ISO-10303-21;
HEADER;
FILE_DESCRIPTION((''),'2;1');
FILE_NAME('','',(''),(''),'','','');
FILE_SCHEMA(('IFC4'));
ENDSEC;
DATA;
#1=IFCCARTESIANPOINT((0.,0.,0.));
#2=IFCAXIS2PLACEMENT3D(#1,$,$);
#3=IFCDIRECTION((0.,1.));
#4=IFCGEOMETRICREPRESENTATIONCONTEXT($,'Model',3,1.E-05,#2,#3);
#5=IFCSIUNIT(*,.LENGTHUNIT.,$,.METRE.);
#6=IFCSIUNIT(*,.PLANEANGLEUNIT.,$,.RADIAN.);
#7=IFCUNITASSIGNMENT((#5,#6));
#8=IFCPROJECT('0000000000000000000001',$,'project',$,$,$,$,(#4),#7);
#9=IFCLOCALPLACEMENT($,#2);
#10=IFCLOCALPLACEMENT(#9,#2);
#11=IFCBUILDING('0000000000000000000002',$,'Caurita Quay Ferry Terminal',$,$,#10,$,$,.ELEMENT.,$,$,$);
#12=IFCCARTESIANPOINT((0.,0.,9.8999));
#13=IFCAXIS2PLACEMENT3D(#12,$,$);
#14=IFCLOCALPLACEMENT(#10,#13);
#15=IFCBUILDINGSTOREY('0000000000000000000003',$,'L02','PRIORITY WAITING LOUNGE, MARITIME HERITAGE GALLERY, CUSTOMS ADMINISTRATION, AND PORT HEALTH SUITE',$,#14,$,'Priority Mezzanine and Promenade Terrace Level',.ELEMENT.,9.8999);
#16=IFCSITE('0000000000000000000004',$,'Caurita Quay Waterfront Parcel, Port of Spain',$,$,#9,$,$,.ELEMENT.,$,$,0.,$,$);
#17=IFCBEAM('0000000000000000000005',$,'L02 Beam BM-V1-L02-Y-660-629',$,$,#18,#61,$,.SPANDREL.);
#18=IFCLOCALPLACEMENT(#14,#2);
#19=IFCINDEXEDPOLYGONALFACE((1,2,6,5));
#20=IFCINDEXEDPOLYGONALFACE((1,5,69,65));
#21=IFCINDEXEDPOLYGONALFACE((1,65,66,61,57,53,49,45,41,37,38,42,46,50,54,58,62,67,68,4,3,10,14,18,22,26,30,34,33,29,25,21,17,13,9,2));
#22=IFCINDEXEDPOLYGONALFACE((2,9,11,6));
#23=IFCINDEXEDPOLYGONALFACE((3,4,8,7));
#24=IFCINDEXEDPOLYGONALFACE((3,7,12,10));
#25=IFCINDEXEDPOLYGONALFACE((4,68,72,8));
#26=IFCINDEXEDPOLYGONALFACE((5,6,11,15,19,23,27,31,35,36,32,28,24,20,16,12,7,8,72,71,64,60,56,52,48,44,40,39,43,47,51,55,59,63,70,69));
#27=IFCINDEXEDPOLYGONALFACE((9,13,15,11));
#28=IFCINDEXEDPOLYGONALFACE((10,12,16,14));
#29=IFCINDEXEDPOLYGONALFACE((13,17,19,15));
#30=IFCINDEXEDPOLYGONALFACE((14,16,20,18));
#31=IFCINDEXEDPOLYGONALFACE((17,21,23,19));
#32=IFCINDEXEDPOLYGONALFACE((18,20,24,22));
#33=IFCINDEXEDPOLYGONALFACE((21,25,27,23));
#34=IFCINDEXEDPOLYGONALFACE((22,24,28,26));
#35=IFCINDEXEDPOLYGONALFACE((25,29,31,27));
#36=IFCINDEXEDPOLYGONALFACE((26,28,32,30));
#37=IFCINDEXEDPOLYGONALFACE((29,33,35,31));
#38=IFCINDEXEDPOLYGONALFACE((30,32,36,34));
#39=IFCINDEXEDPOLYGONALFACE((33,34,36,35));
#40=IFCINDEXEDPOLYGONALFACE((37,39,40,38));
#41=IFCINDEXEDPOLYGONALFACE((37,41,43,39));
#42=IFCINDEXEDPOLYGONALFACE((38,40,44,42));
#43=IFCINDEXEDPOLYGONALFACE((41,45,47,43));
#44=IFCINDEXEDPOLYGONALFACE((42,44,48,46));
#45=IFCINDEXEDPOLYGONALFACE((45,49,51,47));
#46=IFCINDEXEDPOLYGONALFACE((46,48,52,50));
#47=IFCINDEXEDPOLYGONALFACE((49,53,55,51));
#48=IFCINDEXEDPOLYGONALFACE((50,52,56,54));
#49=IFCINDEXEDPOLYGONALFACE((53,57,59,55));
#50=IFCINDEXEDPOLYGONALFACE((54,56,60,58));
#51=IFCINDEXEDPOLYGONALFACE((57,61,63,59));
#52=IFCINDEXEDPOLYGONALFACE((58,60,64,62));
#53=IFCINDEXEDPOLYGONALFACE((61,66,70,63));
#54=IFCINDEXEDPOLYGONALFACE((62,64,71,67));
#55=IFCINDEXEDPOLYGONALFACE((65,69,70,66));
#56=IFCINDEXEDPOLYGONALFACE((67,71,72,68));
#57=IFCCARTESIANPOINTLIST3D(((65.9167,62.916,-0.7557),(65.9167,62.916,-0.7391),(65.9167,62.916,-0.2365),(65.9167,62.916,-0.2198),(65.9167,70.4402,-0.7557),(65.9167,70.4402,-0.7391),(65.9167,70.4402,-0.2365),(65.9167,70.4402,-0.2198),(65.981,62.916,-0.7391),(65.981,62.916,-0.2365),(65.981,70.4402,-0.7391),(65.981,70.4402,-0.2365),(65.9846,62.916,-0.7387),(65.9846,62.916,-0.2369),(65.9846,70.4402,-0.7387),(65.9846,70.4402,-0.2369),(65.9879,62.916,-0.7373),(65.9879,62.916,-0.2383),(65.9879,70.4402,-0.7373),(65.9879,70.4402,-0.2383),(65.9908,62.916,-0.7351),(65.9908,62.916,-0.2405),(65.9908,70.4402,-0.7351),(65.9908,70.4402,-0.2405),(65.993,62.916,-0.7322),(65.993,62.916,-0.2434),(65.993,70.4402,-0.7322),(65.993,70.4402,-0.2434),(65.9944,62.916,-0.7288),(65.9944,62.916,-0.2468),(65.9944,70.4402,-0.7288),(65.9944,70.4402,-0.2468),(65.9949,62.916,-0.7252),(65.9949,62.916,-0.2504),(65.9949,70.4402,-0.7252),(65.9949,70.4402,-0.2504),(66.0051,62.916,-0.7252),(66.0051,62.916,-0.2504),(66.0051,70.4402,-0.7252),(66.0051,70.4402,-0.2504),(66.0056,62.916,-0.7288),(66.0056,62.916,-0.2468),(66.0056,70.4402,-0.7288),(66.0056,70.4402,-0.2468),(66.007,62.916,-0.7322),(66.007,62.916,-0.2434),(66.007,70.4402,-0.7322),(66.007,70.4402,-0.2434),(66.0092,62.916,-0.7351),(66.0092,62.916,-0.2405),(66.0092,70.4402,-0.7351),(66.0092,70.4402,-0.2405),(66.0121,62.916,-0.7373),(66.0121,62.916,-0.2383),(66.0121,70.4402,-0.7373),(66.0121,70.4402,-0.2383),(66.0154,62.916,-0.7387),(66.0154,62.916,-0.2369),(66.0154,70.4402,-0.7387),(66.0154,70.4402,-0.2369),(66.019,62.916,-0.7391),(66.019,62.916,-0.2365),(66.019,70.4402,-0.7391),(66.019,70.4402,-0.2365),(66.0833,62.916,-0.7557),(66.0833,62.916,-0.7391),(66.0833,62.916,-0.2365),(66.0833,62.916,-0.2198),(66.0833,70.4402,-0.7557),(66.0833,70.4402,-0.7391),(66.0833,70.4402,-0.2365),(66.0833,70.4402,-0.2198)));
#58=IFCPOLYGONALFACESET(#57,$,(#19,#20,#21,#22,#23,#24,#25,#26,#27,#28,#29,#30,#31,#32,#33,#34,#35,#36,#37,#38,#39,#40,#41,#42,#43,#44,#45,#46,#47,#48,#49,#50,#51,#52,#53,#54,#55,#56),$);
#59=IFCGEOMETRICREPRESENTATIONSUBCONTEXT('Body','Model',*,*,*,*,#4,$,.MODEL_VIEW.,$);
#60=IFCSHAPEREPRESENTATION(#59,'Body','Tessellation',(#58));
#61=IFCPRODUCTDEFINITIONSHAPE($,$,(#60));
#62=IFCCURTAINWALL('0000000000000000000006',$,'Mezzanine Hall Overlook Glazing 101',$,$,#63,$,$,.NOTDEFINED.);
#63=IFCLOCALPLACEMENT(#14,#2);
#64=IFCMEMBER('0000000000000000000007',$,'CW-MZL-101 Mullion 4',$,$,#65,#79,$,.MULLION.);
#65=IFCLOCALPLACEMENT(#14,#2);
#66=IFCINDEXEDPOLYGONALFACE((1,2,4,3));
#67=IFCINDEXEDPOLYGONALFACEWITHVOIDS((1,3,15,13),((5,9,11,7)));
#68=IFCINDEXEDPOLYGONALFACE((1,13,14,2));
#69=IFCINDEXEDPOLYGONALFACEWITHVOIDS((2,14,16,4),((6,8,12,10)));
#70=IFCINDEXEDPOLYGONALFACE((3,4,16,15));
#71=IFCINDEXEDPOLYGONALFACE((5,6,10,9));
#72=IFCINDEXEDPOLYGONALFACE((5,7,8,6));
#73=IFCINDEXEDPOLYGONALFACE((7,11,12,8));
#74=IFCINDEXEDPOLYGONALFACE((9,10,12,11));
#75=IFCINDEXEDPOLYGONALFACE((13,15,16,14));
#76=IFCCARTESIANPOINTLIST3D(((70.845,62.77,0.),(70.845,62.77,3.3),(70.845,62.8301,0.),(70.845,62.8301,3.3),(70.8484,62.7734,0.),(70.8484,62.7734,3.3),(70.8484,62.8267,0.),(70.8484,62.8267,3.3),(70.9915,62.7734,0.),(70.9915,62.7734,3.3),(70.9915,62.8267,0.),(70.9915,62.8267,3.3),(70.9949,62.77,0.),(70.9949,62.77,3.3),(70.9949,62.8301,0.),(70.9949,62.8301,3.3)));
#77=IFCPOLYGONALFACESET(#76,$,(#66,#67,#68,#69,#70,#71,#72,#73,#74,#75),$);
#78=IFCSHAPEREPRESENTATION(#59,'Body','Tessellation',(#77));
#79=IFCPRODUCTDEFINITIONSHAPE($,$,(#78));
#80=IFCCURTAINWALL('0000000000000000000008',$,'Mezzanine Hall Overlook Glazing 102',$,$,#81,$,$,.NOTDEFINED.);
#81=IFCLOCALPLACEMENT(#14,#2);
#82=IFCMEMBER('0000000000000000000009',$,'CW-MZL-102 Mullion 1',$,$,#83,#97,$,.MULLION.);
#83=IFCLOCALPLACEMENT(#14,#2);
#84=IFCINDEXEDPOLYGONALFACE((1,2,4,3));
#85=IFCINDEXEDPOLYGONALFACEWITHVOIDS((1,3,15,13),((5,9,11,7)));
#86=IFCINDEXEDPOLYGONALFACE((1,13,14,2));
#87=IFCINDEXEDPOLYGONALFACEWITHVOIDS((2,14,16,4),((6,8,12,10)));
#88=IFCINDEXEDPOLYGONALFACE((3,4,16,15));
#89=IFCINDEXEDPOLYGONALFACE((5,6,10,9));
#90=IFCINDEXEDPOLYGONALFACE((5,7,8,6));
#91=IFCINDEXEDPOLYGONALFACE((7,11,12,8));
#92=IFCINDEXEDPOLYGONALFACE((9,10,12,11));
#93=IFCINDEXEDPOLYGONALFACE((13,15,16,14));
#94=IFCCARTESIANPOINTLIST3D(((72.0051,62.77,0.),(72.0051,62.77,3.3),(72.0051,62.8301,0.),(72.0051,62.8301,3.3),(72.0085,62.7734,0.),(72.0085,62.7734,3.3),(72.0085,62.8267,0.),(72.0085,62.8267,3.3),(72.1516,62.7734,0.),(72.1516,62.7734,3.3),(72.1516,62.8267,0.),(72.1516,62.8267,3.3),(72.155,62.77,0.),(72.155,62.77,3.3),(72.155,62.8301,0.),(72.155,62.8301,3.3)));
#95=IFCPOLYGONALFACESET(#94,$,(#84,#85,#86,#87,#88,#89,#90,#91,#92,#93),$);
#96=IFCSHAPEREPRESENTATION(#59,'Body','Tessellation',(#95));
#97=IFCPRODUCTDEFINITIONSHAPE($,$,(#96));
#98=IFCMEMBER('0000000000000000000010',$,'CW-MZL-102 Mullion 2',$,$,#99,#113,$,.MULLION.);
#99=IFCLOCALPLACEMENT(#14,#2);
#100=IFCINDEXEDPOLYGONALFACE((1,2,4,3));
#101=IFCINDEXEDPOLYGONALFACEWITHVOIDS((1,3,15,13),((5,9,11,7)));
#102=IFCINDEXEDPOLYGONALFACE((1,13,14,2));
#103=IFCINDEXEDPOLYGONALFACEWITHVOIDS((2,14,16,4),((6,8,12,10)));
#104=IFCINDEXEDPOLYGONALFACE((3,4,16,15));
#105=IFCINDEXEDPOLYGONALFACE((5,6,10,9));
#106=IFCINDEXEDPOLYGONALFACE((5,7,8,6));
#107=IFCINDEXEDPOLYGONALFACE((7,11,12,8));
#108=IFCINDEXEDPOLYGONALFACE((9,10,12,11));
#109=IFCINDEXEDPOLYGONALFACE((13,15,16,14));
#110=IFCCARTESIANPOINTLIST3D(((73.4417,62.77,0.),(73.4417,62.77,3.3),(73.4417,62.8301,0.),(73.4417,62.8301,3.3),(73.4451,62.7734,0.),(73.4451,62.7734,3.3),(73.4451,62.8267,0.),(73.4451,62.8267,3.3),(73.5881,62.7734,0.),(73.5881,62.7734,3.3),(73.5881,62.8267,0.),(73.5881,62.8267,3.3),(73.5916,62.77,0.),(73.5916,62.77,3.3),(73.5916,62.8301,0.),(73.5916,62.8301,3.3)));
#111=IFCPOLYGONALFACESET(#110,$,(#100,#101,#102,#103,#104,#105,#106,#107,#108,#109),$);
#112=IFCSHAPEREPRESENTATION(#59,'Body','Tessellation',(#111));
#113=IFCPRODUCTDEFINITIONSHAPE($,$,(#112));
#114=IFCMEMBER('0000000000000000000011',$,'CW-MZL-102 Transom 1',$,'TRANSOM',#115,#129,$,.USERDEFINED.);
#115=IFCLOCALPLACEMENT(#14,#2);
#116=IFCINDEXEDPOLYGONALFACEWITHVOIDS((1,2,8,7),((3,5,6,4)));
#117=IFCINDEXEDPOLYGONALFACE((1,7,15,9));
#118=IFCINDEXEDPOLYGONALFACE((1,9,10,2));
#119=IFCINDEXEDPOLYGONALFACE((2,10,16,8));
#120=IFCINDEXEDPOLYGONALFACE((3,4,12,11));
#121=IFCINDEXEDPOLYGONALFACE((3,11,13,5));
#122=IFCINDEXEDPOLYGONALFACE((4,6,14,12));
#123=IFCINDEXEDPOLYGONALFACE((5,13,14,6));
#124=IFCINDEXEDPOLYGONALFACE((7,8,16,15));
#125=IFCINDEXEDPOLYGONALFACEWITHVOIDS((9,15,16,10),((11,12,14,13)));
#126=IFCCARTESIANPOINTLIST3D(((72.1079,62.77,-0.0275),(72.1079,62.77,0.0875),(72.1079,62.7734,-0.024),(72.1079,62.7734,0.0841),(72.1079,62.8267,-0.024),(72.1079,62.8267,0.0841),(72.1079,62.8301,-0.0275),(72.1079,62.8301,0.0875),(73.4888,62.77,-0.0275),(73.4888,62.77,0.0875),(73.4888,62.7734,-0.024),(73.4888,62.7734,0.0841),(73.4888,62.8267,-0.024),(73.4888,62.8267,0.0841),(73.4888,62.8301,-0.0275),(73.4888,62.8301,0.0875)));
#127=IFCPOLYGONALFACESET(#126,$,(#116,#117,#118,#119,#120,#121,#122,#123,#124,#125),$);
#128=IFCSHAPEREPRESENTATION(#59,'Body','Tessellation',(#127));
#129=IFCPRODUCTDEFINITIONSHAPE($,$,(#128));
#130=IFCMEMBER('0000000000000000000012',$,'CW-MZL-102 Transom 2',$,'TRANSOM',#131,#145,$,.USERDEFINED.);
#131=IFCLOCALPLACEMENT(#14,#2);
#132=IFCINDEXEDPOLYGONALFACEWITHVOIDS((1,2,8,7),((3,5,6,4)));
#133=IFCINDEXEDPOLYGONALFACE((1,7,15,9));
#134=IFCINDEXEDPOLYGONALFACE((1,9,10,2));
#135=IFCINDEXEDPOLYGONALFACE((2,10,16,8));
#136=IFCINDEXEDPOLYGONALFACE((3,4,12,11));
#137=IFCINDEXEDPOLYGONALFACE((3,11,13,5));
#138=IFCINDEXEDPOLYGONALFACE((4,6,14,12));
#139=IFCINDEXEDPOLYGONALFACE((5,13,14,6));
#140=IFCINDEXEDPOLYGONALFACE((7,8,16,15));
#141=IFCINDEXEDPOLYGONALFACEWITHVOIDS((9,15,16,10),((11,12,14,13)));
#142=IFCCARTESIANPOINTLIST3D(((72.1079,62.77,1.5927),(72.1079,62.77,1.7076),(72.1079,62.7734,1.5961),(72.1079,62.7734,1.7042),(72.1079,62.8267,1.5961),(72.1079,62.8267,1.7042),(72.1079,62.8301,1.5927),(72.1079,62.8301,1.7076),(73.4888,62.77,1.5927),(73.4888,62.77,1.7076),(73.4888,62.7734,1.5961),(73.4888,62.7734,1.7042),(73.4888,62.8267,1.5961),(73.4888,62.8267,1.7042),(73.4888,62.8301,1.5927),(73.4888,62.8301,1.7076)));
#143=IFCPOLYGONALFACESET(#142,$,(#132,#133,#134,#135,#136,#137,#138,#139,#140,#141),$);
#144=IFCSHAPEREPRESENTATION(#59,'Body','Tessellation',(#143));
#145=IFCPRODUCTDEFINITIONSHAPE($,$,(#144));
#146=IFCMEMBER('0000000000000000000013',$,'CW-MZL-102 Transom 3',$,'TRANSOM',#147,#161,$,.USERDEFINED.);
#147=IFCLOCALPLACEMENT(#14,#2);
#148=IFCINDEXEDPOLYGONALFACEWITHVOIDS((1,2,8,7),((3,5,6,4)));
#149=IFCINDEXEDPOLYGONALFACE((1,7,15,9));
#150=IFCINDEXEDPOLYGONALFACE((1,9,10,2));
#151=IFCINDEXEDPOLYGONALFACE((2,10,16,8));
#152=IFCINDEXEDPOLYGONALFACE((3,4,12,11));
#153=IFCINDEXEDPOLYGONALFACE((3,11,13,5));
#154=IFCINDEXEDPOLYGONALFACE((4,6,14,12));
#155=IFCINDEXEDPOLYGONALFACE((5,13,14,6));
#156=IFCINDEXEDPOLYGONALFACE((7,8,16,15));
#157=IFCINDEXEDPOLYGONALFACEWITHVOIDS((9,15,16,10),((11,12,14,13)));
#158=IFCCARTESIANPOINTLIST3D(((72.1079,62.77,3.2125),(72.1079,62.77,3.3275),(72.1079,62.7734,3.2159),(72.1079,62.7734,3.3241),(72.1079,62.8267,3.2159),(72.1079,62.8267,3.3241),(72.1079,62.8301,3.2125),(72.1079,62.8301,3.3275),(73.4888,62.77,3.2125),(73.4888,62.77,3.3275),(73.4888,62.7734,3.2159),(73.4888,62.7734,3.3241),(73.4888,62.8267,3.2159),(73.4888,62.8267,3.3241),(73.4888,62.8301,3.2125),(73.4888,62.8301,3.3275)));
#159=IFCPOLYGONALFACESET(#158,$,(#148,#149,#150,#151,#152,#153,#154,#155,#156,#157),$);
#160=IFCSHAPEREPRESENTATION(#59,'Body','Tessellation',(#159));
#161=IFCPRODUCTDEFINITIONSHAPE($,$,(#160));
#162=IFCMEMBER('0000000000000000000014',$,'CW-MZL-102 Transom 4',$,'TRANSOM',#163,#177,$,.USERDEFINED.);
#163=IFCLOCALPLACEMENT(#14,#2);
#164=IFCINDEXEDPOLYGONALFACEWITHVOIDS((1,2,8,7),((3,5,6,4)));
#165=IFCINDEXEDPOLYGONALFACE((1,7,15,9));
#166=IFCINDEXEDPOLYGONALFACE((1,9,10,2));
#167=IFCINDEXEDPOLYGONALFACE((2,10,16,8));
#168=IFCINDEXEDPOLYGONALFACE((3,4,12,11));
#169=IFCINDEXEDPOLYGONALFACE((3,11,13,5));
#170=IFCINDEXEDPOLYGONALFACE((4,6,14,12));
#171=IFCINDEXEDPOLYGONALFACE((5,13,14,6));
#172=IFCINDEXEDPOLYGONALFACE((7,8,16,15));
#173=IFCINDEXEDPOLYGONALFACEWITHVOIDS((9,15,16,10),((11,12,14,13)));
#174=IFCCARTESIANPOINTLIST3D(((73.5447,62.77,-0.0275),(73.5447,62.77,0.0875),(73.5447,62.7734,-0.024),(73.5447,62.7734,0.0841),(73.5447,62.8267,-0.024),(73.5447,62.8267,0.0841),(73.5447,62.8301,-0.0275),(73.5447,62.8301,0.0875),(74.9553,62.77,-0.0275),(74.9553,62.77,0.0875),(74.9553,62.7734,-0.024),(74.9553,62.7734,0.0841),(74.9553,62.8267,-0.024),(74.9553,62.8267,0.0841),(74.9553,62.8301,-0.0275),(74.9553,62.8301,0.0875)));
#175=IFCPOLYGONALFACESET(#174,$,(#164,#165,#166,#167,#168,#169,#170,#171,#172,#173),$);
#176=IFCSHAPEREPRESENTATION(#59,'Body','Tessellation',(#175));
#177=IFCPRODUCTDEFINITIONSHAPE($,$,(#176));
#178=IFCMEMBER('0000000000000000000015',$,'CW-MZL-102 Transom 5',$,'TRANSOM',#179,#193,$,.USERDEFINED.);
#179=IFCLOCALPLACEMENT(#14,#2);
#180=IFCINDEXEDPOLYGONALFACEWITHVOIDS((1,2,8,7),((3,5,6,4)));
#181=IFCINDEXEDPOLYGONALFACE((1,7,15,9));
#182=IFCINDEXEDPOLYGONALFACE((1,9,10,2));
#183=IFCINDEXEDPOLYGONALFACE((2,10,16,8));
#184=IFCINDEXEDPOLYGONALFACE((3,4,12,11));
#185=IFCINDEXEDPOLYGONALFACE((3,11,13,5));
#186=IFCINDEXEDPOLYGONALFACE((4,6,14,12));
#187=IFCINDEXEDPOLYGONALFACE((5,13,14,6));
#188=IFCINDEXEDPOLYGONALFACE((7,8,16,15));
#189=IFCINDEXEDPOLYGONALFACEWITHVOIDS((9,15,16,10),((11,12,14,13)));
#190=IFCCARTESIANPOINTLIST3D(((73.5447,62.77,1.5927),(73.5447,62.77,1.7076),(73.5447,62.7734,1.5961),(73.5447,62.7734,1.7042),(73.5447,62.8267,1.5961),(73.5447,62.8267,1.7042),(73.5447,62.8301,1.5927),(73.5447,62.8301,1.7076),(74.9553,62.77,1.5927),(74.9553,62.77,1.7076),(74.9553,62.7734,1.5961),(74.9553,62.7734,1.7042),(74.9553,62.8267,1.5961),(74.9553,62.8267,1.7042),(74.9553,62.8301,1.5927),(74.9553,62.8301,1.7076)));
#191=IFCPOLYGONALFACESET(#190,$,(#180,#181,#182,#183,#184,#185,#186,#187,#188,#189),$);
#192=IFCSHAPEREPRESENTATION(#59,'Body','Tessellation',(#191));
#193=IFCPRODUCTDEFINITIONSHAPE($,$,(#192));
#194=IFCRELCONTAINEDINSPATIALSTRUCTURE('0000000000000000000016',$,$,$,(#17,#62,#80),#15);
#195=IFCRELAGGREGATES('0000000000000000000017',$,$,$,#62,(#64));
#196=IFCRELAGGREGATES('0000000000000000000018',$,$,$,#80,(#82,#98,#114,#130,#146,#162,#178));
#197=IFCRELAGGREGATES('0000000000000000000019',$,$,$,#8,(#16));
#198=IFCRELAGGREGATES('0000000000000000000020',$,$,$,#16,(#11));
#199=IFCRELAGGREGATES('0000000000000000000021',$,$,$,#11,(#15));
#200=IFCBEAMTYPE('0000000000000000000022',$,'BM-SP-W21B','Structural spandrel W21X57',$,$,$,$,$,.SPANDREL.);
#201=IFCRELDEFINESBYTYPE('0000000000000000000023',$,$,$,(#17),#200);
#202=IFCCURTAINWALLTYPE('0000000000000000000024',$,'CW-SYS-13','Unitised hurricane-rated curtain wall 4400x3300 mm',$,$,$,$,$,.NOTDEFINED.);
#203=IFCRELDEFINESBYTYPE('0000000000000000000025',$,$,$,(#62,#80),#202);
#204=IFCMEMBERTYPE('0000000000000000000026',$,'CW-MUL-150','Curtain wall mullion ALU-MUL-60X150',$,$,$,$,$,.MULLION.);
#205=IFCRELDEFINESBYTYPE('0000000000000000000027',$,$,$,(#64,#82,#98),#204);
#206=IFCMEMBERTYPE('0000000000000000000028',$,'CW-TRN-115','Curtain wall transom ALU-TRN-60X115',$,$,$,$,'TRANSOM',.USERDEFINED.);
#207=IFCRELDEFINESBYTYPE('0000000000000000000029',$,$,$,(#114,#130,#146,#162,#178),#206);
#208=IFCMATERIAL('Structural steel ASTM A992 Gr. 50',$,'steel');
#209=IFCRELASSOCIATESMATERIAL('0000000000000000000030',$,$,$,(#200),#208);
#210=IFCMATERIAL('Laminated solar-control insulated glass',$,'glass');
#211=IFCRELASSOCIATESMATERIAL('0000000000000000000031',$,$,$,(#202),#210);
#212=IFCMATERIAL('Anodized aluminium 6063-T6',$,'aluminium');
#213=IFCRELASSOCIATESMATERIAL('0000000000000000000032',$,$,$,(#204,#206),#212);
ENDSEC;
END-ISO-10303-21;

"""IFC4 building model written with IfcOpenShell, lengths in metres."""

from ifc_helpers import new_model, si_unit, direction, frame, origin, origin_2d, place, context, subcontext, project, spatial, hollow_rectangle, i_section, extrude, material, material_profile, profile_set, type_object, element, aggregate, save


model = new_model("IFC4")

# Units and contexts
model_context = context("Model", 3, precision=1e-05, world=origin(), true_north=direction((0.0, 1.0)))
body_context = subcontext(model_context, "Body", "Model", "MODEL_VIEW")
ifc_project = project(units=[si_unit("LENGTHUNIT", "METRE"), si_unit("PLANEANGLEUNIT", "RADIAN")], contexts=[model_context])

# Site, building, storey
site_placement = place(None, origin())
site = spatial("IfcSite", under=ifc_project, at=site_placement, Name="Caurita Quay Waterfront Parcel, Port of Spain", CompositionType="ELEMENT", RefElevation=0.0)
building_placement = place(site_placement, origin())
building = spatial("IfcBuilding", under=site, at=building_placement, Name="Caurita Quay Ferry Terminal", CompositionType="ELEMENT")
storey_placement = place(building_placement, frame((0.0, 0.0, 9.8999)))
storey = spatial("IfcBuildingStorey", under=building, at=storey_placement, Name="L02", Description="PRIORITY WAITING LOUNGE, MARITIME HERITAGE GALLERY, CUSTOMS ADMINISTRATION, AND PORT HEALTH SUITE", LongName="Priority Mezzanine and Promenade Terrace Level", CompositionType="ELEMENT", Elevation=9.8999)

# Beam
ifc_material_1 = material(Name="Structural steel ASTM A992 Gr. 50", Category="steel")
ifc_material_profile_1 = material_profile(ifc_material_1, i_section(OverallWidth=0.1665, OverallDepth=0.5359, WebThickness=0.0103, FlangeThickness=0.0166, FilletRadius=0.0139, at=origin_2d()), Name="W21X57")
ifc_profile_set_1 = profile_set([ifc_material_profile_1], Name="Structural steel ASTM A992 Gr. 50")
beam_type_1 = type_object("IfcBeamType", Name="BM-SP-W21B", Description="Structural spandrel W21X57", PredefinedType="SPANDREL", material=ifc_profile_set_1)
beam_1_placement = place(storey_placement, frame((66.0, 62.916, -0.4878), z_axis=(0.0, 1.0, 0.0), x_axis=(-1.0, 0.0, 0.0)))
element("IfcBeam", 1, at=beam_1_placement, inside=storey, type_object=beam_type_1, Name="L02 Beam BM-V1-L02-Y-660-629", PredefinedType="SPANDREL", context=body_context, shape_type="SweptSolid", body=[
    extrude(i_section(OverallWidth=0.1665, OverallDepth=0.5359, WebThickness=0.0103, FlangeThickness=0.0166, FilletRadius=0.0139, at=origin_2d()), origin(), (0.0, 0.0, 1.0), 7.5242),
])

# Curtain wall, member
ifc_material_2 = material(Name="Laminated solar-control insulated glass", Category="glass")
curtain_wall_type = type_object("IfcCurtainWallType", Name="CW-SYS-13", Description="Unitised hurricane-rated curtain wall 4400x3300 mm", PredefinedType="NOTDEFINED", material=ifc_material_2)
curtain_wall_1_placement = place(storey_placement, origin())
curtain_wall_1 = element("IfcCurtainWall", 2, at=curtain_wall_1_placement, inside=storey, type_object=curtain_wall_type, Name="Mezzanine Hall Overlook Glazing 101", PredefinedType="NOTDEFINED")
ifc_material_3 = material(Name="Anodized aluminium 6063-T6", Category="aluminium")
ifc_material_profile_2 = material_profile(ifc_material_3, hollow_rectangle(XDim=0.0601, YDim=0.1499, WallThickness=0.0034, at=origin_2d()), Name="ALU-MUL-60X150")
ifc_profile_set_2 = profile_set([ifc_material_profile_2], Name="Anodized aluminium 6063-T6")
member_type_1 = type_object("IfcMemberType", Name="CW-MUL-150", Description="Curtain wall mullion ALU-MUL-60X150", PredefinedType="MULLION", material=ifc_profile_set_2)
member_1_placement = place(storey_placement, frame((70.9199, 62.8, 0.0), z_axis=(0.0, 0.0, 1.0), x_axis=(0.0, 1.0, 0.0)))
member_1 = element("IfcMember", 3, at=member_1_placement, type_object=member_type_1, Name="CW-MZL-101 Mullion 4", PredefinedType="MULLION", context=body_context, shape_type="SweptSolid", body=[
    extrude(hollow_rectangle(XDim=0.0601, YDim=0.1499, WallThickness=0.0034, at=origin_2d()), origin(), (0.0, 0.0, 1.0), 3.3),
])

# Curtain wall, members
curtain_wall_2_placement = place(storey_placement, origin())
curtain_wall_2 = element("IfcCurtainWall", 4, at=curtain_wall_2_placement, inside=storey, type_object=curtain_wall_type, Name="Mezzanine Hall Overlook Glazing 102", PredefinedType="NOTDEFINED")
member_2_placement = place(storey_placement, frame((72.0801, 62.8, 0.0), z_axis=(0.0, 0.0, 1.0), x_axis=(0.0, 1.0, 0.0)))
member_2 = element("IfcMember", 5, at=member_2_placement, type_object=member_type_1, Name="CW-MZL-102 Mullion 1", PredefinedType="MULLION", context=body_context, shape_type="SweptSolid", body=[
    extrude(hollow_rectangle(XDim=0.0601, YDim=0.1499, WallThickness=0.0034, at=origin_2d()), origin(), (0.0, 0.0, 1.0), 3.3),
])
member_3_placement = place(storey_placement, frame((73.5166, 62.8, 0.0), z_axis=(0.0, 0.0, 1.0), x_axis=(0.0, 1.0, 0.0)))
member_3 = element("IfcMember", 6, at=member_3_placement, type_object=member_type_1, Name="CW-MZL-102 Mullion 2", PredefinedType="MULLION", context=body_context, shape_type="SweptSolid", body=[
    extrude(hollow_rectangle(XDim=0.0601, YDim=0.1499, WallThickness=0.0034, at=origin_2d()), origin(), (0.0, 0.0, 1.0), 3.3),
])
ifc_material_profile_3 = material_profile(ifc_material_3, hollow_rectangle(XDim=0.0601, YDim=0.115, WallThickness=0.0034, at=origin_2d()), Name="ALU-TRN-60X115")
ifc_profile_set_3 = profile_set([ifc_material_profile_3], Name="Anodized aluminium 6063-T6")
member_type_2 = type_object("IfcMemberType", Name="CW-TRN-115", Description="Curtain wall transom ALU-TRN-60X115", ElementType="TRANSOM", PredefinedType="USERDEFINED", material=ifc_profile_set_3)
member_4_placement = place(storey_placement, frame((72.1079, 62.8, 0.03), z_axis=(1.0, 0.0, 0.0), x_axis=(0.0, 1.0, 0.0)))
member_4 = element("IfcMember", 7, at=member_4_placement, type_object=member_type_2, Name="CW-MZL-102 Transom 1", ObjectType="TRANSOM", PredefinedType="USERDEFINED", context=body_context, shape_type="SweptSolid", body=[
    extrude(hollow_rectangle(XDim=0.0601, YDim=0.115, WallThickness=0.0034, at=origin_2d()), origin(), (0.0, 0.0, 1.0), 1.3809),
])
member_5_placement = place(storey_placement, frame((72.1079, 62.8, 1.6501), z_axis=(1.0, 0.0, 0.0), x_axis=(0.0, 1.0, 0.0)))
member_5 = element("IfcMember", 8, at=member_5_placement, type_object=member_type_2, Name="CW-MZL-102 Transom 2", ObjectType="TRANSOM", PredefinedType="USERDEFINED", context=body_context, shape_type="SweptSolid", body=[
    extrude(hollow_rectangle(XDim=0.0601, YDim=0.115, WallThickness=0.0034, at=origin_2d()), origin(), (0.0, 0.0, 1.0), 1.3809),
])
member_6_placement = place(storey_placement, frame((72.1079, 62.8, 3.27), z_axis=(1.0, 0.0, 0.0), x_axis=(0.0, 1.0, 0.0)))
member_6 = element("IfcMember", 9, at=member_6_placement, type_object=member_type_2, Name="CW-MZL-102 Transom 3", ObjectType="TRANSOM", PredefinedType="USERDEFINED", context=body_context, shape_type="SweptSolid", body=[
    extrude(hollow_rectangle(XDim=0.0601, YDim=0.115, WallThickness=0.0034, at=origin_2d()), origin(), (0.0, 0.0, 1.0), 1.3809),
])
member_7_placement = place(storey_placement, frame((73.5447, 62.8, 0.03), z_axis=(1.0, 0.0, 0.0), x_axis=(0.0, 1.0, 0.0)))
member_7 = element("IfcMember", 10, at=member_7_placement, type_object=member_type_2, Name="CW-MZL-102 Transom 4", ObjectType="TRANSOM", PredefinedType="USERDEFINED", context=body_context, shape_type="SweptSolid", body=[
    extrude(hollow_rectangle(XDim=0.0601, YDim=0.115, WallThickness=0.0034, at=origin_2d()), origin(), (0.0, 0.0, 1.0), 1.4106),
])
member_8_placement = place(storey_placement, frame((73.5447, 62.8, 1.6501), z_axis=(1.0, 0.0, 0.0), x_axis=(0.0, 1.0, 0.0)))
member_8 = element("IfcMember", 11, at=member_8_placement, type_object=member_type_2, Name="CW-MZL-102 Transom 5", ObjectType="TRANSOM", PredefinedType="USERDEFINED", context=body_context, shape_type="SweptSolid", body=[
    extrude(hollow_rectangle(XDim=0.0601, YDim=0.115, WallThickness=0.0034, at=origin_2d()), origin(), (0.0, 0.0, 1.0), 1.4106),
])

aggregate(curtain_wall_1, [member_1])
aggregate(curtain_wall_2, [member_2, member_3, member_4, member_5, member_6, member_7, member_8])

save(model, "model.ifc")
